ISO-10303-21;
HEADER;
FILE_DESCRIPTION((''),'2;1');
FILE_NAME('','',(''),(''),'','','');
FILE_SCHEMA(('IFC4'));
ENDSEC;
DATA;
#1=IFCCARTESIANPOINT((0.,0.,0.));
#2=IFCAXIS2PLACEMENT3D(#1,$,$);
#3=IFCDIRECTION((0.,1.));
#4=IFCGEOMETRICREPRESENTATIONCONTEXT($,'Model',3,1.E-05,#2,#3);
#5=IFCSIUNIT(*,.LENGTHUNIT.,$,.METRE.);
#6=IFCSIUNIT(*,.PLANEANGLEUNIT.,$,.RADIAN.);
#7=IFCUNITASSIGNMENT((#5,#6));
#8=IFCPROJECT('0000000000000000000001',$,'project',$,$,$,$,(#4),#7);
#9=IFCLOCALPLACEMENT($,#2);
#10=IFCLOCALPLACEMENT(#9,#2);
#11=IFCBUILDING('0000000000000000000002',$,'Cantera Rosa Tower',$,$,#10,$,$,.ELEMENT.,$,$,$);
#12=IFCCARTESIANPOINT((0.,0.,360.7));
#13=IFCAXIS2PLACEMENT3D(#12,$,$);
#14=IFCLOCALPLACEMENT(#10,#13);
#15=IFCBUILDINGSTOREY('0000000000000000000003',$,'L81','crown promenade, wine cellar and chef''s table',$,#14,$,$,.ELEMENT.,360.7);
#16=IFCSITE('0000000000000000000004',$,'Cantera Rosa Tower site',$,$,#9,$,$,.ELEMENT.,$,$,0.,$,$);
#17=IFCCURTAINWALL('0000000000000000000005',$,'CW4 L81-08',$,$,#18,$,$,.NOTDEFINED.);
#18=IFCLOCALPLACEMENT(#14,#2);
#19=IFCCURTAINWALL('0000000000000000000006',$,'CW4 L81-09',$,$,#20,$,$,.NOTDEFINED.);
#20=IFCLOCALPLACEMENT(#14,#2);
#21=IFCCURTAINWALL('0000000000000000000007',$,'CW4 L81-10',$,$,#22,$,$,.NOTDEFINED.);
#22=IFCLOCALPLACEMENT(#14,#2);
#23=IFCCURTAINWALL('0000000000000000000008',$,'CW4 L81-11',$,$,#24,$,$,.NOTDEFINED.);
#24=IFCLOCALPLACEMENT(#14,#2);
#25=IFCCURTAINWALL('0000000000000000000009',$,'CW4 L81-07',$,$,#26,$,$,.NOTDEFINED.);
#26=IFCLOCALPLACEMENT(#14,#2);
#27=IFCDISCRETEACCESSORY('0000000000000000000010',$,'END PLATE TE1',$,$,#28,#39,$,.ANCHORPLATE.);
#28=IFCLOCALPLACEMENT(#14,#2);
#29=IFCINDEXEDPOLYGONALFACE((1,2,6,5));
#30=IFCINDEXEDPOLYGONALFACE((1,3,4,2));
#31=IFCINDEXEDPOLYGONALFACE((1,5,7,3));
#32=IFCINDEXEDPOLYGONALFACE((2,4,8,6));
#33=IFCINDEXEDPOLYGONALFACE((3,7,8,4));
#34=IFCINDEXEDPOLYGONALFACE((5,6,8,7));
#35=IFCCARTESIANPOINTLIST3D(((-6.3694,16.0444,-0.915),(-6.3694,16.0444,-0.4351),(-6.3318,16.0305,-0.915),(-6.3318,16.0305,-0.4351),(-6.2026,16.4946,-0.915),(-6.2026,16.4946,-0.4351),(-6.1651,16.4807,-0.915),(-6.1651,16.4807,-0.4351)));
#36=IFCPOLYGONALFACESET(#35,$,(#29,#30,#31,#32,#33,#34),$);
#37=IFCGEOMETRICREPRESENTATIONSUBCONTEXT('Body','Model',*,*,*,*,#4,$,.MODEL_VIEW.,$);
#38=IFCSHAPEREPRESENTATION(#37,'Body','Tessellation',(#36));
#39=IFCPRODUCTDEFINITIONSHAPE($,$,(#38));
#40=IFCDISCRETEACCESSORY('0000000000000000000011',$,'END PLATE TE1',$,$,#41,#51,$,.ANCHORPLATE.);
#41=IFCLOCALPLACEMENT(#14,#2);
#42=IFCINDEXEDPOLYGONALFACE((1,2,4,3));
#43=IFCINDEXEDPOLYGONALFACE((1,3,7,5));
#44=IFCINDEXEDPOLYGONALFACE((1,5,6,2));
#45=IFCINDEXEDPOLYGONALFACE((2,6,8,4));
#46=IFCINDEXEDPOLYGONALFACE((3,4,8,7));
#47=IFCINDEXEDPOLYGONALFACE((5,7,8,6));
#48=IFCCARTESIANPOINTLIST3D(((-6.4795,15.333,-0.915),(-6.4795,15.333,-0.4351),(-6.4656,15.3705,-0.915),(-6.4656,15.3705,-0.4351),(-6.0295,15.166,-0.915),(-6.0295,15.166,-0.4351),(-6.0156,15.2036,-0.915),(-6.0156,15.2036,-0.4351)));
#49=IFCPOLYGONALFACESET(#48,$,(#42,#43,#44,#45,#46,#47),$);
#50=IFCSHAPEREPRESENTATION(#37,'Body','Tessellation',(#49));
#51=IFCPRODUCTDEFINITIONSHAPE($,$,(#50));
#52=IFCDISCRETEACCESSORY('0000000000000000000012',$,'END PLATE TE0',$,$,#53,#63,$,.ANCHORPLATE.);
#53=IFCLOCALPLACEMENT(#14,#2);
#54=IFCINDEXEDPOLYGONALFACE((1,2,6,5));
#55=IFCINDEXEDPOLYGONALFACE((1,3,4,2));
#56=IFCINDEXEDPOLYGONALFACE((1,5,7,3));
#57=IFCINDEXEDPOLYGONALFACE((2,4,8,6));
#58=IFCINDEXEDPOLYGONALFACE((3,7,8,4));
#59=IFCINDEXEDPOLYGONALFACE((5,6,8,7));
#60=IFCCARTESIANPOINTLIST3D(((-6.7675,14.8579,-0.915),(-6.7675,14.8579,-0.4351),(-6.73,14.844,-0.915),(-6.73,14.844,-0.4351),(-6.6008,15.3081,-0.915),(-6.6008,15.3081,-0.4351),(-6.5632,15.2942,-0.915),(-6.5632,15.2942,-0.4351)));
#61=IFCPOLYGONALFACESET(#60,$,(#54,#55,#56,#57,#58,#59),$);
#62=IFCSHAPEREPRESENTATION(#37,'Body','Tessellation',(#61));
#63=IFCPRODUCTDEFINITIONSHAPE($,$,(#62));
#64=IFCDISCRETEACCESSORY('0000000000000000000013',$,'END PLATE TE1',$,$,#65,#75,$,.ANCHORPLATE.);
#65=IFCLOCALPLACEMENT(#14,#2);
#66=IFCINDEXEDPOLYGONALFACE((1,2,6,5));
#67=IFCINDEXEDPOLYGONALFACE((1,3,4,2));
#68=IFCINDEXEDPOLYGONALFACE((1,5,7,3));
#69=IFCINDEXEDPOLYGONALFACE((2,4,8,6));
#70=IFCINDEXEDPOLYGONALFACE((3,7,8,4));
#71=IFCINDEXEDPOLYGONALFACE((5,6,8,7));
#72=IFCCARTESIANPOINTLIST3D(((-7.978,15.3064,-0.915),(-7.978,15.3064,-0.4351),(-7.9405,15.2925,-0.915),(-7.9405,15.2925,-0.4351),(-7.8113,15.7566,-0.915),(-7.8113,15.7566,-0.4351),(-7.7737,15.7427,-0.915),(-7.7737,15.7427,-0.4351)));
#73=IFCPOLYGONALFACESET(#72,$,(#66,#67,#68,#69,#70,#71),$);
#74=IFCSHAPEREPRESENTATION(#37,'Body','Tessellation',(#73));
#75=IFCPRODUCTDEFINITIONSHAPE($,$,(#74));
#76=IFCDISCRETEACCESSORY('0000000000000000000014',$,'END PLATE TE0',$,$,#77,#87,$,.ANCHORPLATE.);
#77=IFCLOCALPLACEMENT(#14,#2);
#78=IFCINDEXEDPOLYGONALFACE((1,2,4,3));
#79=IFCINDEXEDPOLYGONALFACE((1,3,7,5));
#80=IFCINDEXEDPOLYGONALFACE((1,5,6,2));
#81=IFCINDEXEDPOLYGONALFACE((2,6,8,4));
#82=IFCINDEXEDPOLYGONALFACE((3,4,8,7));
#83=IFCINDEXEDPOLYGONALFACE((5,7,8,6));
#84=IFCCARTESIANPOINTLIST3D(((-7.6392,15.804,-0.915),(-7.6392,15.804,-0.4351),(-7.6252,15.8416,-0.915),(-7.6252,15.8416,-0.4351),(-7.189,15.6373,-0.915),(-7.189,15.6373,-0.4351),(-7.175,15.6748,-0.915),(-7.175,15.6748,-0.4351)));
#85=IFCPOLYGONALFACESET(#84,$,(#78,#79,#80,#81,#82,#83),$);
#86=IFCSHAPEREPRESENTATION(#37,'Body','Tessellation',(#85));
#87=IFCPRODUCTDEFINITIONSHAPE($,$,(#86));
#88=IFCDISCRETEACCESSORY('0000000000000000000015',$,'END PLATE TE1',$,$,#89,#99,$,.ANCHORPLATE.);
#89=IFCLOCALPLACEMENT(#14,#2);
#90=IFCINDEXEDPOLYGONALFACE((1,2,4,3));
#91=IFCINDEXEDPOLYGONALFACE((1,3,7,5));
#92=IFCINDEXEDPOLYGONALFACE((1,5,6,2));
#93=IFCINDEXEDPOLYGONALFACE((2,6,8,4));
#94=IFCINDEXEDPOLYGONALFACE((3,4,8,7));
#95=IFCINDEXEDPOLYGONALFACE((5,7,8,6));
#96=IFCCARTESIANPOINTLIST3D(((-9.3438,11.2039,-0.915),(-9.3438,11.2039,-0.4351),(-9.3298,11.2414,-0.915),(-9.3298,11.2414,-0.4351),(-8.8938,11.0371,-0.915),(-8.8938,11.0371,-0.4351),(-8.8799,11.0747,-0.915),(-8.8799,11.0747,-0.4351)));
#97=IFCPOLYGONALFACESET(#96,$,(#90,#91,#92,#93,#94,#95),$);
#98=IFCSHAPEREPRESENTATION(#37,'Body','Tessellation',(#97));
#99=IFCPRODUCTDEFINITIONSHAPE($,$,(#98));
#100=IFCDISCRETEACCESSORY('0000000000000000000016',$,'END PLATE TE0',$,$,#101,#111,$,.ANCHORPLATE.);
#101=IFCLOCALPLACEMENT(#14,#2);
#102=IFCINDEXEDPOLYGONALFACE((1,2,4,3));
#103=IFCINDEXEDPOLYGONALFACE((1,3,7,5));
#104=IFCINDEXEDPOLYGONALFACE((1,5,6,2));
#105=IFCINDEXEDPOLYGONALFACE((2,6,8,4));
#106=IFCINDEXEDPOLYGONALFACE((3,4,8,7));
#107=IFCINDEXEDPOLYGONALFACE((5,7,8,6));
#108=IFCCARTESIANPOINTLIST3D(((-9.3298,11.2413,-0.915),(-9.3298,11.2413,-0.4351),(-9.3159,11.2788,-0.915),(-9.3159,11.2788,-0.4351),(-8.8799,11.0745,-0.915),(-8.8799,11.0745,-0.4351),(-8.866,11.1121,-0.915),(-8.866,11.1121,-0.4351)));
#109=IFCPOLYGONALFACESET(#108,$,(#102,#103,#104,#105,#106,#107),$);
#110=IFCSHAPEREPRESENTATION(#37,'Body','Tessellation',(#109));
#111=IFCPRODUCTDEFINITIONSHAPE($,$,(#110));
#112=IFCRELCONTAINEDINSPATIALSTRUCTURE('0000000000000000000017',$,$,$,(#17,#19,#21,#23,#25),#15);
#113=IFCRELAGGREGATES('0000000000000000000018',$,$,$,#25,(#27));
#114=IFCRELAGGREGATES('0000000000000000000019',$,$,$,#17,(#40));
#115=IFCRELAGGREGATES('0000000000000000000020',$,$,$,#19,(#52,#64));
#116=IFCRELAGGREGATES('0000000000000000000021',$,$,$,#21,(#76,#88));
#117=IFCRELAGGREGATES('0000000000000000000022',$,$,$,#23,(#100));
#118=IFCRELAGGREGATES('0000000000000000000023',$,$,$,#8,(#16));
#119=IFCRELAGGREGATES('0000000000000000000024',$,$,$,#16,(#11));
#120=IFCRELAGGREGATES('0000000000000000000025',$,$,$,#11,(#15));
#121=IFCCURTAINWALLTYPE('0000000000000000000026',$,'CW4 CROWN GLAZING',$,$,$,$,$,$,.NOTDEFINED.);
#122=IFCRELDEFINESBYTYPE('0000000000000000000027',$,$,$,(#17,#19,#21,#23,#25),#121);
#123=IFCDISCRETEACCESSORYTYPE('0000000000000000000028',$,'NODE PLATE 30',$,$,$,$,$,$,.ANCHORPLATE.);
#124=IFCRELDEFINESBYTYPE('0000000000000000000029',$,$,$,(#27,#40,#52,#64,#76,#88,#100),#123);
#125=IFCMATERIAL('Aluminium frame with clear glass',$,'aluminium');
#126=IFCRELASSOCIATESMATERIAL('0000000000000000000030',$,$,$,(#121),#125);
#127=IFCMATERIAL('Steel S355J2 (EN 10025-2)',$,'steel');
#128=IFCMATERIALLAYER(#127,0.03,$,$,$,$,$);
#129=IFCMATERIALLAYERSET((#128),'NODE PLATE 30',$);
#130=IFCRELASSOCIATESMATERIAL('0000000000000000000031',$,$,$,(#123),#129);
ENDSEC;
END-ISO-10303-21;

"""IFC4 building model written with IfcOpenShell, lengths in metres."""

from ifc_helpers import new_model, si_unit, direction, frame, origin, place, context, subcontext, project, spatial, polyline, outline, extrude, material, layer, layer_set, type_object, element, aggregate, save


model = new_model("IFC4")

# Units and contexts
model_context = context("Model", 3, precision=1e-05, world=origin(), true_north=direction((0.0, 1.0)))
body_context = subcontext(model_context, "Body", "Model", "MODEL_VIEW")
ifc_project = project(units=[si_unit("LENGTHUNIT", "METRE"), si_unit("PLANEANGLEUNIT", "RADIAN")], contexts=[model_context])

# Site, building, storey
site_placement = place(None, origin())
site = spatial("IfcSite", under=ifc_project, at=site_placement, Name="Cantera Rosa Tower site", CompositionType="ELEMENT", RefElevation=0.0)
building_placement = place(site_placement, origin())
building = spatial("IfcBuilding", under=site, at=building_placement, Name="Cantera Rosa Tower", CompositionType="ELEMENT")
storey_placement = place(building_placement, frame((0.0, 0.0, 360.7)))
storey = spatial("IfcBuildingStorey", under=building, at=storey_placement, Name="L81", Description="crown promenade, wine cellar and chef's table", CompositionType="ELEMENT", Elevation=360.7)

# Curtain walls
ifc_material_1 = material(Name="Aluminium frame with clear glass", Category="aluminium")
curtain_wall_type = type_object("IfcCurtainWallType", Name="CW4 CROWN GLAZING", PredefinedType="NOTDEFINED", material=ifc_material_1)
curtain_wall_1_placement = place(storey_placement, origin())
curtain_wall_1 = element("IfcCurtainWall", 1, at=curtain_wall_1_placement, inside=storey, type_object=curtain_wall_type, Name="CW4 L81-08", PredefinedType="NOTDEFINED")
curtain_wall_2_placement = place(storey_placement, origin())
curtain_wall_2 = element("IfcCurtainWall", 2, at=curtain_wall_2_placement, inside=storey, type_object=curtain_wall_type, Name="CW4 L81-09", PredefinedType="NOTDEFINED")
curtain_wall_3_placement = place(storey_placement, origin())
curtain_wall_3 = element("IfcCurtainWall", 3, at=curtain_wall_3_placement, inside=storey, type_object=curtain_wall_type, Name="CW4 L81-10", PredefinedType="NOTDEFINED")
curtain_wall_4_placement = place(storey_placement, origin())
curtain_wall_4 = element("IfcCurtainWall", 4, at=curtain_wall_4_placement, inside=storey, type_object=curtain_wall_type, Name="CW4 L81-11", PredefinedType="NOTDEFINED")

# Curtain wall, discrete accessory
curtain_wall_5_placement = place(storey_placement, origin())
curtain_wall_5 = element("IfcCurtainWall", 5, at=curtain_wall_5_placement, inside=storey, type_object=curtain_wall_type, Name="CW4 L81-07", PredefinedType="NOTDEFINED")
ifc_material_2 = material(Name="Steel S355J2 (EN 10025-2)", Category="steel")
ifc_layer_1 = layer(ifc_material_2, 0.03)
ifc_layer_set_1 = layer_set([ifc_layer_1], Name="NODE PLATE 30")
discrete_accessory_type = type_object("IfcDiscreteAccessoryType", Name="NODE PLATE 30", PredefinedType="ANCHORPLATE", material=ifc_layer_set_1)
discrete_accessory_1_placement = place(storey_placement, frame((-6.3694, 16.0444, -0.4351), z_axis=(-0.937743, 0.347331, 0.0), x_axis=(0.347331, 0.937743, 0.0)))
discrete_accessory_1 = element("IfcDiscreteAccessory", 6, at=discrete_accessory_1_placement, type_object=discrete_accessory_type, Name="END PLATE TE1", PredefinedType="ANCHORPLATE", context=body_context, shape_type="SweptSolid", body=[
    extrude(outline(polyline([(0.0, 0.0), (0.4801, 0.0), (0.4801, 0.48), (0.0, 0.48), (0.0, 0.0)])), origin(), (0.0, 0.0, -1.0), 0.04),
])
aggregate(curtain_wall_5, [discrete_accessory_1])

# Discrete accessories
discrete_accessory_2_placement = place(storey_placement, frame((-6.0295, 15.166, -0.4351), z_axis=(-0.347944, -0.937515, 0.0), x_axis=(-0.937515, 0.347944, 0.0)))
discrete_accessory_2 = element("IfcDiscreteAccessory", 7, at=discrete_accessory_2_placement, type_object=discrete_accessory_type, Name="END PLATE TE1", PredefinedType="ANCHORPLATE", context=body_context, shape_type="SweptSolid", body=[
    extrude(outline(polyline([(0.0, 0.0), (0.4799, 0.0), (0.4799, 0.48), (0.0, 0.48), (0.0, 0.0)])), origin(), (0.0, 0.0, -1.0), 0.04),
])
aggregate(curtain_wall_1, [discrete_accessory_2])
discrete_accessory_3_placement = place(storey_placement, frame((-6.5632, 15.2942, -0.4351), z_axis=(0.937743, -0.347331, 0.0), x_axis=(-0.347331, -0.937743, 0.0)))
discrete_accessory_3 = element("IfcDiscreteAccessory", 8, at=discrete_accessory_3_placement, type_object=discrete_accessory_type, Name="END PLATE TE0", PredefinedType="ANCHORPLATE", context=body_context, shape_type="SweptSolid", body=[
    extrude(outline(polyline([(0.0, 0.0), (0.4801, 0.0), (0.4801, 0.48), (0.0, 0.48), (0.0, 0.0)])), origin(), (0.0, 0.0, -1.0), 0.04),
])
discrete_accessory_4_placement = place(storey_placement, frame((-7.978, 15.3064, -0.4351), z_axis=(-0.937743, 0.347331, 0.0), x_axis=(0.347331, 0.937743, 0.0)))
discrete_accessory_4 = element("IfcDiscreteAccessory", 9, at=discrete_accessory_4_placement, type_object=discrete_accessory_type, Name="END PLATE TE1", PredefinedType="ANCHORPLATE", context=body_context, shape_type="SweptSolid", body=[
    extrude(outline(polyline([(0.0, 0.0), (0.4801, 0.0), (0.4801, 0.48), (0.0, 0.48), (0.0, 0.0)])), origin(), (0.0, 0.0, -1.0), 0.04),
])
aggregate(curtain_wall_2, [discrete_accessory_3, discrete_accessory_4])
discrete_accessory_5_placement = place(storey_placement, frame((-7.6252, 15.8416, -0.4351), z_axis=(0.347331, 0.937743, 0.0), x_axis=(0.937743, -0.347331, 0.0)))
discrete_accessory_5 = element("IfcDiscreteAccessory", 10, at=discrete_accessory_5_placement, type_object=discrete_accessory_type, Name="END PLATE TE0", PredefinedType="ANCHORPLATE", context=body_context, shape_type="SweptSolid", body=[
    extrude(outline(polyline([(0.0, 0.0), (0.4801, 0.0), (0.4801, 0.48), (0.0, 0.48), (0.0, 0.0)])), origin(), (0.0, 0.0, -1.0), 0.04),
])
discrete_accessory_6_placement = place(storey_placement, frame((-8.8938, 11.0371, -0.4351), z_axis=(-0.347497, -0.937681, 0.0), x_axis=(-0.937681, 0.347497, 0.0)))
discrete_accessory_6 = element("IfcDiscreteAccessory", 11, at=discrete_accessory_6_placement, type_object=discrete_accessory_type, Name="END PLATE TE1", PredefinedType="ANCHORPLATE", context=body_context, shape_type="SweptSolid", body=[
    extrude(outline(polyline([(0.0, 0.0), (0.4799, 0.0), (0.4799, 0.48), (0.0, 0.48), (0.0, 0.0)])), origin(), (0.0, 0.0, -1.0), 0.04),
])
aggregate(curtain_wall_3, [discrete_accessory_5, discrete_accessory_6])
discrete_accessory_7_placement = place(storey_placement, frame((-9.3159, 11.2788, -0.4351), z_axis=(0.347497, 0.937681, 0.0), x_axis=(0.937681, -0.347497, 0.0)))
discrete_accessory_7 = element("IfcDiscreteAccessory", 12, at=discrete_accessory_7_placement, type_object=discrete_accessory_type, Name="END PLATE TE0", PredefinedType="ANCHORPLATE", context=body_context, shape_type="SweptSolid", body=[
    extrude(outline(polyline([(0.0, 0.0), (0.4799, 0.0), (0.4799, 0.48), (0.0, 0.48), (0.0, 0.0)])), origin(), (0.0, 0.0, -1.0), 0.04),
])
aggregate(curtain_wall_4, [discrete_accessory_7])

save(model, "model.ifc")
